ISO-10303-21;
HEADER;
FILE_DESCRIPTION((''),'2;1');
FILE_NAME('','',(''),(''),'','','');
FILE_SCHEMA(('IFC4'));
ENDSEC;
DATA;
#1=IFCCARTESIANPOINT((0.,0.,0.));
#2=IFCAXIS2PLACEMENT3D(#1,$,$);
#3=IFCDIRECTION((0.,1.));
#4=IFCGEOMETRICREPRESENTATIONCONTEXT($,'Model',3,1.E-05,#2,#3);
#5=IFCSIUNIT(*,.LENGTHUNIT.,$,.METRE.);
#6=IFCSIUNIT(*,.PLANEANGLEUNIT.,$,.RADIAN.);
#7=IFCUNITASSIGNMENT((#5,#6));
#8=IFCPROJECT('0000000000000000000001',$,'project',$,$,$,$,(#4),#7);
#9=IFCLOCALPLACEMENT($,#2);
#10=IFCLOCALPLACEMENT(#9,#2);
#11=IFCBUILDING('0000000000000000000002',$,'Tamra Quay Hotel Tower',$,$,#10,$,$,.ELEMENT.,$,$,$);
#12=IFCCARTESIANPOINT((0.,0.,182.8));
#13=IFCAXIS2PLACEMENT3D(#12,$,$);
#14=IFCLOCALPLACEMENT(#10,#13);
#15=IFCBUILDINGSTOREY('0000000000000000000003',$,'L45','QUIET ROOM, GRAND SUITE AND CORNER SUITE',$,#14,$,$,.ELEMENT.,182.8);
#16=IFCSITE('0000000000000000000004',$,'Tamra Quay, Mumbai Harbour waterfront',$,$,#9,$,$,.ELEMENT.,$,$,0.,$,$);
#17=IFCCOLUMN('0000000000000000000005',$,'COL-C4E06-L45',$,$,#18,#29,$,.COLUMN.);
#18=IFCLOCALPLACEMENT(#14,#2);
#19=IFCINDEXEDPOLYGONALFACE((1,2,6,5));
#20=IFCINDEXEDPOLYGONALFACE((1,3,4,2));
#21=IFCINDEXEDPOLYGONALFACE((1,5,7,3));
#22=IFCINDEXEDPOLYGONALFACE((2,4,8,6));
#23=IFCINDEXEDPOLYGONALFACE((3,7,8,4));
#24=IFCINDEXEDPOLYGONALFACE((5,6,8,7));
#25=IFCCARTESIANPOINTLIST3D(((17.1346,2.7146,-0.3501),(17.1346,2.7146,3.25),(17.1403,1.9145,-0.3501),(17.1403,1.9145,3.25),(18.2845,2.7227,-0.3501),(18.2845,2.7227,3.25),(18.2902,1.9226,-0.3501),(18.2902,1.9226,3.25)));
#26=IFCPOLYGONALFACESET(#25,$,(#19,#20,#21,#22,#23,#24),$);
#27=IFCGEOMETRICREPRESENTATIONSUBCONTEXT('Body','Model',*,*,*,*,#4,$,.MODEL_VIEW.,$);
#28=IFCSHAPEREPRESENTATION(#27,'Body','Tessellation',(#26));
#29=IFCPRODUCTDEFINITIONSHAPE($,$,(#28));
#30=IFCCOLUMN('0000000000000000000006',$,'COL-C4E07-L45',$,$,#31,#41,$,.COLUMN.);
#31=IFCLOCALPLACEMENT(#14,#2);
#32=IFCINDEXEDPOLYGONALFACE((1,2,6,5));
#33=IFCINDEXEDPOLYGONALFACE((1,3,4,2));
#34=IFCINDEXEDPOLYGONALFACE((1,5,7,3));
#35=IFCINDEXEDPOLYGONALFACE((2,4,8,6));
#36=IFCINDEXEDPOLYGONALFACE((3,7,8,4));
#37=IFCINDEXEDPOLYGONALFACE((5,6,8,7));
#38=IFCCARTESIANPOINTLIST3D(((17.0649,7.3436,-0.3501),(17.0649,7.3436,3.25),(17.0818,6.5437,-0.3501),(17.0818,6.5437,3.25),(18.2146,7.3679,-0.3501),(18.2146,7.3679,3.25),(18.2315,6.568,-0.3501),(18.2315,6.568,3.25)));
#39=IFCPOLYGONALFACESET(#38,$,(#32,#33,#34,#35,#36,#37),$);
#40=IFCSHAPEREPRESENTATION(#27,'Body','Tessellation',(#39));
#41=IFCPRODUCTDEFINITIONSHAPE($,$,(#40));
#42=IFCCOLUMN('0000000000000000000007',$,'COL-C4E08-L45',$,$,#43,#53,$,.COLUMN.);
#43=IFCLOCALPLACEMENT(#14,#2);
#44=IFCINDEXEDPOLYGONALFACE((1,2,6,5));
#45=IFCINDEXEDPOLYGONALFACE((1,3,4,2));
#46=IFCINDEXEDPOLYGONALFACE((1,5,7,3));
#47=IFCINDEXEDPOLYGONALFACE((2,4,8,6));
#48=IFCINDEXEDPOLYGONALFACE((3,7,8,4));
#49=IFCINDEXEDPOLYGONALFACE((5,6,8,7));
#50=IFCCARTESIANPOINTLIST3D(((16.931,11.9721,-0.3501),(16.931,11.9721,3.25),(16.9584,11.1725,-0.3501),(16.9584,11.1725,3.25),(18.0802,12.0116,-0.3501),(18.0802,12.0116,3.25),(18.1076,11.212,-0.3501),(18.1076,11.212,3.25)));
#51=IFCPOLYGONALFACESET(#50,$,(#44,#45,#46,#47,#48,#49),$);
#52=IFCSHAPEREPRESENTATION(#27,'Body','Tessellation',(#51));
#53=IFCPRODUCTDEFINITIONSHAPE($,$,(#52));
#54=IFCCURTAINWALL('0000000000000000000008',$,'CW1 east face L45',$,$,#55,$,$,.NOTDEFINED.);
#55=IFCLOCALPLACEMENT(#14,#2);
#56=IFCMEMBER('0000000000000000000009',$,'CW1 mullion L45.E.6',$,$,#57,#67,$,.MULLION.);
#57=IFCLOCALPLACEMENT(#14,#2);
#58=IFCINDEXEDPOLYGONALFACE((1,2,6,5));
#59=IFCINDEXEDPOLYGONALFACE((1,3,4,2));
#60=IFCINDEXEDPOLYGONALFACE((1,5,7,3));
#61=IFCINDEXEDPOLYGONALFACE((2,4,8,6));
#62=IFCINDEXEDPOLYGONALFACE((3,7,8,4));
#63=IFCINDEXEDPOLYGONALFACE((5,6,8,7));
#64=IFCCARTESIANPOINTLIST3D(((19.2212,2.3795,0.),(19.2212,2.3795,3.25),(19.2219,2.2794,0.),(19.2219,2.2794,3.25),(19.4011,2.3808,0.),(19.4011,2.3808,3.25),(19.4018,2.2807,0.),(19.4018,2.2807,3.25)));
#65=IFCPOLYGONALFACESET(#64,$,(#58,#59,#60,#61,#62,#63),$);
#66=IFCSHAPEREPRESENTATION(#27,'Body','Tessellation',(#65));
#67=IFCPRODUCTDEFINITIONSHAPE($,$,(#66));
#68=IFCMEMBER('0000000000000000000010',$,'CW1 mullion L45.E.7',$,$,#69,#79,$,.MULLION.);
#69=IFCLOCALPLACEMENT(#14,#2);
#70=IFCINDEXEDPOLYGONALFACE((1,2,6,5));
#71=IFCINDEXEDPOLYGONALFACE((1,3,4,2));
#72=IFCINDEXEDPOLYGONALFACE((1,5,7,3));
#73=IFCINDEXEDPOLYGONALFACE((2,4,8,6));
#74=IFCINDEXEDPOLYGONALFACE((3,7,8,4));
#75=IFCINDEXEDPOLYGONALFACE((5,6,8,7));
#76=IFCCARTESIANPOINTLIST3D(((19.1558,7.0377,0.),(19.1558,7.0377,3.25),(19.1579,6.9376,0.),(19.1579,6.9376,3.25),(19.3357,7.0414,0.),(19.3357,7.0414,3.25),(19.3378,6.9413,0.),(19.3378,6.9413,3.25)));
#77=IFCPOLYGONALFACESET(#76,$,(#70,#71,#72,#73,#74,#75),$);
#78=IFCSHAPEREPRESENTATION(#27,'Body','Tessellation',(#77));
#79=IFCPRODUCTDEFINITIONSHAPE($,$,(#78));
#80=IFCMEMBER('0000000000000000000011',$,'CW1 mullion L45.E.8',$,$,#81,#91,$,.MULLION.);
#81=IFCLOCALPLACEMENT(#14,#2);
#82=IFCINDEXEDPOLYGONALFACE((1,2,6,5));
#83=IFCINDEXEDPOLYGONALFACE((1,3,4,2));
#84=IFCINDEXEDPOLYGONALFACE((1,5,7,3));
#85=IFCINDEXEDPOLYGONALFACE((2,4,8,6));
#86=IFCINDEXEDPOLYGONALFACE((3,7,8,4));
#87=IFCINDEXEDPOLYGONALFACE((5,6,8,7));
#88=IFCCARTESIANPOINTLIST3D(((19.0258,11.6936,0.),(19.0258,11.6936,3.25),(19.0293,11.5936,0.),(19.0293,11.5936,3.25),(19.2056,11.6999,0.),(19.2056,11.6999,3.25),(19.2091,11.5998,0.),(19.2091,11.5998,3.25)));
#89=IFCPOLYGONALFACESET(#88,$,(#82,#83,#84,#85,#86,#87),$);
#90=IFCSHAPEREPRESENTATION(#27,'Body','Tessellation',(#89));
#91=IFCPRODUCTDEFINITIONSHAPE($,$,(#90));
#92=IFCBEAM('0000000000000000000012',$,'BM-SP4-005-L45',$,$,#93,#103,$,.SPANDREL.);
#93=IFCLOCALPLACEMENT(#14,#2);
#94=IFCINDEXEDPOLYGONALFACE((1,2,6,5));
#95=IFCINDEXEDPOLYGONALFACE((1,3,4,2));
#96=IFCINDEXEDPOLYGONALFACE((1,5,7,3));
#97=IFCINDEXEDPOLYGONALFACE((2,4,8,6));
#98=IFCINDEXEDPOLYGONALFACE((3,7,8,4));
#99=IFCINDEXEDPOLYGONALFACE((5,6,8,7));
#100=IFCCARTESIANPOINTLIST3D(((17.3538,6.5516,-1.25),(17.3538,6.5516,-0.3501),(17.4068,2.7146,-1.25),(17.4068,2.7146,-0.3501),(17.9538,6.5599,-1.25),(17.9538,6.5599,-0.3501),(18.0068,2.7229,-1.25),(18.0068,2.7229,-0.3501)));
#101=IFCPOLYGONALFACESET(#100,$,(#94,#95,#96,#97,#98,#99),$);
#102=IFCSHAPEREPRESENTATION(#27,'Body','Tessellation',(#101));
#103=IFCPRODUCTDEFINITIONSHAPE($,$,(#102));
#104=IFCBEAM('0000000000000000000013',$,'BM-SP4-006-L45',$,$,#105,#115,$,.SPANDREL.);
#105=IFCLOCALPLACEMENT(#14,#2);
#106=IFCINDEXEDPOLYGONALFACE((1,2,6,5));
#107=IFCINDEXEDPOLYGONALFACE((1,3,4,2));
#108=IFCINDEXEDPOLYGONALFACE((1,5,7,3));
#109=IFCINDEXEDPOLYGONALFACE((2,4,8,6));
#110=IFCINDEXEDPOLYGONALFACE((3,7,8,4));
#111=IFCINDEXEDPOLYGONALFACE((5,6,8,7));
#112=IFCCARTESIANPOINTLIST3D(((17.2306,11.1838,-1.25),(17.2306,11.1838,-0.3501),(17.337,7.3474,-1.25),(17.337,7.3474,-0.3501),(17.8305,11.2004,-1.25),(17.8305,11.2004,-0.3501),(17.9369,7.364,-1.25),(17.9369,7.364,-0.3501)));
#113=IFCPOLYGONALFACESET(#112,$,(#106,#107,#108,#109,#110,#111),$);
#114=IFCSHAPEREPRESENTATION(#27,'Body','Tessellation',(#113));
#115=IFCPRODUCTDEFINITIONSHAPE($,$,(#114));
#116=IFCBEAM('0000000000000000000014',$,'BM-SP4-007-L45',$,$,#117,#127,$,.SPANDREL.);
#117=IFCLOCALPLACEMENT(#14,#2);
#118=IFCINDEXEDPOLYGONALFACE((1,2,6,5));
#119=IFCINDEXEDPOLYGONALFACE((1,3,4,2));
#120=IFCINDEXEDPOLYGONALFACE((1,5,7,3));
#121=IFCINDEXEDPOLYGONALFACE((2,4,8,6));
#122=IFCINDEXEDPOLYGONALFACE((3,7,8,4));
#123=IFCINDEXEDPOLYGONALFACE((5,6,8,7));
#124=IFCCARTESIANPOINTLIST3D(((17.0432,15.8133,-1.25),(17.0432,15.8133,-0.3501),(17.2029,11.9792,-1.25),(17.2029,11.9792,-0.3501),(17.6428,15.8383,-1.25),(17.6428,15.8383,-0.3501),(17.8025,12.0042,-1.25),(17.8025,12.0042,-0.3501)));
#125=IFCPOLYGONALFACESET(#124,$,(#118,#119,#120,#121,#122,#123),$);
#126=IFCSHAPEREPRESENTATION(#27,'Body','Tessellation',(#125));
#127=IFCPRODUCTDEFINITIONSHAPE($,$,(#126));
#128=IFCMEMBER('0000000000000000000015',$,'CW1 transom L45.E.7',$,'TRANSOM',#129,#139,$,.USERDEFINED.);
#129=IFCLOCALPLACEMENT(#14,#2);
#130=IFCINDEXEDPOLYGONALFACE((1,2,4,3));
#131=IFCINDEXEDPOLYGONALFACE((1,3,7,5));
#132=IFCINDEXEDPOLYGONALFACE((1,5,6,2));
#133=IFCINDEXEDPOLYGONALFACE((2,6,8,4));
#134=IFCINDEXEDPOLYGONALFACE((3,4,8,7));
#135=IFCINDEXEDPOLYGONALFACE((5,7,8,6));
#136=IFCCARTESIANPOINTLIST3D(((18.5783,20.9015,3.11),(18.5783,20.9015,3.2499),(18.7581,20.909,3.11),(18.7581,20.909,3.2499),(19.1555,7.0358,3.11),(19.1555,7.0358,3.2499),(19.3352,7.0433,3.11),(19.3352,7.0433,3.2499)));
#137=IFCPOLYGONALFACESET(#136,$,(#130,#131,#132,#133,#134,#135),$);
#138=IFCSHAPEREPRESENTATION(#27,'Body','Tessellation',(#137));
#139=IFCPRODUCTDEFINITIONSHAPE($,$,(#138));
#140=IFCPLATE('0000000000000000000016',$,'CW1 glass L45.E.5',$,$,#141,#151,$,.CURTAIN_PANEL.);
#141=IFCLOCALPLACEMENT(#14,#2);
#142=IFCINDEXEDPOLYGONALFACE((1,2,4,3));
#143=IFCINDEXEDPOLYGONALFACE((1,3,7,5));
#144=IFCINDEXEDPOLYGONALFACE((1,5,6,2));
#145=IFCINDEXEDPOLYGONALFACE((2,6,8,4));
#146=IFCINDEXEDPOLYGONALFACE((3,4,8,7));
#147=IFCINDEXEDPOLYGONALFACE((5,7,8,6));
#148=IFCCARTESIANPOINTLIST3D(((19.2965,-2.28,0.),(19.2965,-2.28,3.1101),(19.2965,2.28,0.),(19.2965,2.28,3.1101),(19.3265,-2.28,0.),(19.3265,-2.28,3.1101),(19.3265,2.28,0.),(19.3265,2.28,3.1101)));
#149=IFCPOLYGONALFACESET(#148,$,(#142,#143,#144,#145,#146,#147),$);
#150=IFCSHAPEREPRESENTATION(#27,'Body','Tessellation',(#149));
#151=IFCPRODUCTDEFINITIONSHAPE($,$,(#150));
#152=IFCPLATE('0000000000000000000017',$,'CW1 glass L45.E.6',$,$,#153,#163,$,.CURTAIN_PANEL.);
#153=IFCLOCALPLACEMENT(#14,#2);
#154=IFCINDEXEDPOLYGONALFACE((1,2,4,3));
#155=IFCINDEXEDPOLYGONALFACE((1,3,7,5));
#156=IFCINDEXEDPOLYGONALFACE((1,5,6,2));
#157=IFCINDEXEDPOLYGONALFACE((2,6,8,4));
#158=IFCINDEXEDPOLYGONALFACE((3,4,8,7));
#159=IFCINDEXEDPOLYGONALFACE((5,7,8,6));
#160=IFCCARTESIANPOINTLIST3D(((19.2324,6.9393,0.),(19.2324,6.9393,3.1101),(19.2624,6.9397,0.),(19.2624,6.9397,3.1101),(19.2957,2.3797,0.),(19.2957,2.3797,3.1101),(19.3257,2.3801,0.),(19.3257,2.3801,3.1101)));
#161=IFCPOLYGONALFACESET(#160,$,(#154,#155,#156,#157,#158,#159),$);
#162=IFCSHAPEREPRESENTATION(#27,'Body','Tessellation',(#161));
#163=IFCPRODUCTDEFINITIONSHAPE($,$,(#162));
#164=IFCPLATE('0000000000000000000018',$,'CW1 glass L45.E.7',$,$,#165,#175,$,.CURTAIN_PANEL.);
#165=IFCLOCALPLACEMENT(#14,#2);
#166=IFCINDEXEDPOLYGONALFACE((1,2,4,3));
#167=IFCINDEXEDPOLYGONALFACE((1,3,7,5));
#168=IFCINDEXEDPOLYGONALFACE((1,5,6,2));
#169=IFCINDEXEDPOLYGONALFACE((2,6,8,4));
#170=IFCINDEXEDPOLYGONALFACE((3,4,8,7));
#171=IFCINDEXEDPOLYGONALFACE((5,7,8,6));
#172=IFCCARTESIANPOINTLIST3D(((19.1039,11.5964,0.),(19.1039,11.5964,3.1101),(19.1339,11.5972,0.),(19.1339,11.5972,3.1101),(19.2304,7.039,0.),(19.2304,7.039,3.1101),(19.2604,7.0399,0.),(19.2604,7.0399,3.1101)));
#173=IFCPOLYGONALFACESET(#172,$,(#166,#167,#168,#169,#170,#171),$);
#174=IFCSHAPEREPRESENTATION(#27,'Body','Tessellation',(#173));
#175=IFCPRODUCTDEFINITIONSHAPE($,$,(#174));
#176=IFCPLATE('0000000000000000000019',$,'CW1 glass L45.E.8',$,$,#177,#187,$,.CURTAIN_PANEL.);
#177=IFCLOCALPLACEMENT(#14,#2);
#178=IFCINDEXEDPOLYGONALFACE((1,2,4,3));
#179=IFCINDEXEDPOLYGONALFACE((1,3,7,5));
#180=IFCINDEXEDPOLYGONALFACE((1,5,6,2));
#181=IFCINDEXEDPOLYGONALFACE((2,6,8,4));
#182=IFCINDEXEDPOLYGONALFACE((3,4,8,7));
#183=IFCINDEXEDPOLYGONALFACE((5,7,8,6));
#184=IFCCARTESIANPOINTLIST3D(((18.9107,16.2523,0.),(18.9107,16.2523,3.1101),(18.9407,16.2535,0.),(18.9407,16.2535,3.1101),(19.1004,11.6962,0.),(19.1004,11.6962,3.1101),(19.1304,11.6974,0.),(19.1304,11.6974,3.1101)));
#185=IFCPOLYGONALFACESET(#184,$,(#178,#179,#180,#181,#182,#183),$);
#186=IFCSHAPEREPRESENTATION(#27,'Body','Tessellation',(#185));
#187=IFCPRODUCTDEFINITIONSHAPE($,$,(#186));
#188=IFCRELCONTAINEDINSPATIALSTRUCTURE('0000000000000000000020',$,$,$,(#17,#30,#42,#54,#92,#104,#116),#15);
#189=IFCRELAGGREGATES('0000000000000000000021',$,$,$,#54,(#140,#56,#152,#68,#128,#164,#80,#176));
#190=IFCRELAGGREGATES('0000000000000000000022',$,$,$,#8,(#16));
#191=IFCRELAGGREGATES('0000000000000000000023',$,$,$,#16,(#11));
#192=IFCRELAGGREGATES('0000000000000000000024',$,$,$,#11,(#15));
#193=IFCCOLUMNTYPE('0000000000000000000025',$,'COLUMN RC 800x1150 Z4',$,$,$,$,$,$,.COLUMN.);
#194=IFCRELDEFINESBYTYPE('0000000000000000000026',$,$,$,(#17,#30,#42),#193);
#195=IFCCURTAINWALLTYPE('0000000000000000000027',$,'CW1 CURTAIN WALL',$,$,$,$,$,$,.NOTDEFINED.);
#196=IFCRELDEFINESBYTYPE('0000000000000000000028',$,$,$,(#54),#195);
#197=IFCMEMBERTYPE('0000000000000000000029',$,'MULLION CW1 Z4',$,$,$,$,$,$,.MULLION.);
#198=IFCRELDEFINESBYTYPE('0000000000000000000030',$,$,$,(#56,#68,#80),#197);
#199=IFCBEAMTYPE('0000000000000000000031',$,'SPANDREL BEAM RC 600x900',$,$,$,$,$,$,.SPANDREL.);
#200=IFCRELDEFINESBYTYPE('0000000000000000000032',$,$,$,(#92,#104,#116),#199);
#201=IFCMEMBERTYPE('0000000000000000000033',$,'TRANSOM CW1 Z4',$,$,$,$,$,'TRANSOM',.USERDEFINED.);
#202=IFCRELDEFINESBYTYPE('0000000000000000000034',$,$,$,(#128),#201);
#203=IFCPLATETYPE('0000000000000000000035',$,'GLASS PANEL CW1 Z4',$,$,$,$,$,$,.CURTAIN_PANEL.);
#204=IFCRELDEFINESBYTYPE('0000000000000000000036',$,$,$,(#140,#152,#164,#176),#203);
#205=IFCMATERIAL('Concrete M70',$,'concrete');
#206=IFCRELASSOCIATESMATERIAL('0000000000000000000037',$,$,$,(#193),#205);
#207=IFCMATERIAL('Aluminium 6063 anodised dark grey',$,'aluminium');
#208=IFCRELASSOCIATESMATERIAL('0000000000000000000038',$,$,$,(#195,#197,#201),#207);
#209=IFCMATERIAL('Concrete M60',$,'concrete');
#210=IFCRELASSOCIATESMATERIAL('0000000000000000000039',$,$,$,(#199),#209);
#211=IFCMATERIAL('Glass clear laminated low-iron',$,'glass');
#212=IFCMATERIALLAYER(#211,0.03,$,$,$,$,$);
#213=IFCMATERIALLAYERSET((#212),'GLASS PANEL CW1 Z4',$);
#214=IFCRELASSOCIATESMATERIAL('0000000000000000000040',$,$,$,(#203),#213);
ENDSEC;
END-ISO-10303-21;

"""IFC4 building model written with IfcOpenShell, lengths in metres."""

from ifc_helpers import new_model, si_unit, direction, frame, origin, origin_2d, place, context, subcontext, project, spatial, rectangle, extrude, material, layer, layer_set, material_profile, profile_set, type_object, element, aggregate, save


model = new_model("IFC4")

# Units and contexts
model_context = context("Model", 3, precision=1e-05, world=origin(), true_north=direction((0.0, 1.0)))
body_context = subcontext(model_context, "Body", "Model", "MODEL_VIEW")
ifc_project = project(units=[si_unit("LENGTHUNIT", "METRE"), si_unit("PLANEANGLEUNIT", "RADIAN")], contexts=[model_context])

# Site, building, storey
site_placement = place(None, origin())
site = spatial("IfcSite", under=ifc_project, at=site_placement, Name="Tamra Quay, Mumbai Harbour waterfront", CompositionType="ELEMENT", RefElevation=0.0)
building_placement = place(site_placement, origin())
building = spatial("IfcBuilding", under=site, at=building_placement, Name="Tamra Quay Hotel Tower", CompositionType="ELEMENT")
storey_placement = place(building_placement, frame((0.0, 0.0, 182.8)))
storey = spatial("IfcBuildingStorey", under=building, at=storey_placement, Name="L45", Description="QUIET ROOM, GRAND SUITE AND CORNER SUITE", CompositionType="ELEMENT", Elevation=182.8)

# Columns
ifc_material_1 = material(Name="Concrete M70", Category="concrete")
ifc_material_profile_1 = material_profile(ifc_material_1, rectangle(XDim=1.1499, YDim=0.8, at=origin_2d()), Name="COLUMN RC 800x1150 Z4")
ifc_profile_set_1 = profile_set([ifc_material_profile_1], Name="Concrete M70")
column_type = type_object("IfcColumnType", Name="COLUMN RC 800x1150 Z4", PredefinedType="COLUMN", material=ifc_profile_set_1)
for number, where, z_axis, x_axis, name in (
    (1, (17.7124, 2.3186, -0.3501), (0.0, 0.0, 1.0), (0.999975, 0.007041, 0.0), "COL-C4E06-L45"),
    (2, (17.6482, 6.9558, -0.3501), (0.0, 0.0, 1.0), (0.999777, 0.021115, 0.0), "COL-C4E07-L45"),
    (3, (17.5193, 11.592, -0.3501), (0.0, 0.0, 1.0), (0.999412, 0.034299, 0.0), "COL-C4E08-L45"),
):
    element("IfcColumn", number, at=place(storey_placement, frame(where, z_axis=z_axis, x_axis=x_axis)), inside=storey, type_object=column_type, Name=name, PredefinedType="COLUMN", context=body_context, shape_type="SweptSolid", body=[
        extrude(rectangle(XDim=1.1499, YDim=0.8, at=origin_2d()), origin(), (0.0, 0.0, 1.0), 3.6001),
    ])

# Curtain wall, members
ifc_material_2 = material(Name="Aluminium 6063 anodised dark grey", Category="aluminium")
curtain_wall_type = type_object("IfcCurtainWallType", Name="CW1 CURTAIN WALL", PredefinedType="NOTDEFINED", material=ifc_material_2)
curtain_wall_placement = place(storey_placement, origin())
curtain_wall = element("IfcCurtainWall", 4, at=curtain_wall_placement, inside=storey, type_object=curtain_wall_type, Name="CW1 east face L45", PredefinedType="NOTDEFINED")
ifc_material_profile_2 = material_profile(ifc_material_2, rectangle(XDim=0.1799, YDim=0.1001, at=origin_2d()), Name="MULLION 100X180")
ifc_profile_set_2 = profile_set([ifc_material_profile_2], Name="Aluminium 6063 anodised dark grey")
member_type_1 = type_object("IfcMemberType", Name="MULLION CW1 Z4", PredefinedType="MULLION", material=ifc_profile_set_2)
member_1_placement = place(storey_placement, frame((19.3115, 2.3301, 0.0), z_axis=(0.0, 0.0, 1.0), x_axis=(0.999976, 0.006943, 0.0)))
member_1 = element("IfcMember", 5, at=member_1_placement, type_object=member_type_1, Name="CW1 mullion L45.E.6", PredefinedType="MULLION", context=body_context, shape_type="SweptSolid", body=[
    extrude(rectangle(XDim=0.1799, YDim=0.1001, at=origin_2d()), origin(), (0.0, 0.0, 1.0), 3.25),
])
member_2_placement = place(storey_placement, frame((19.2468, 6.9895, 0.0), z_axis=(0.0, 0.0, 1.0), x_axis=(0.999783, 0.02082, 0.0)))
member_2 = element("IfcMember", 6, at=member_2_placement, type_object=member_type_1, Name="CW1 mullion L45.E.7", PredefinedType="MULLION", context=body_context, shape_type="SweptSolid", body=[
    extrude(rectangle(XDim=0.1799, YDim=0.1001, at=origin_2d()), origin(), (0.0, 0.0, 1.0), 3.25),
])
member_3_placement = place(storey_placement, frame((19.1174, 11.6467, 0.0), z_axis=(0.0, 0.0, 1.0), x_axis=(0.999399, 0.034678, 0.0)))
member_3 = element("IfcMember", 7, at=member_3_placement, type_object=member_type_1, Name="CW1 mullion L45.E.8", PredefinedType="MULLION", context=body_context, shape_type="SweptSolid", body=[
    extrude(rectangle(XDim=0.1799, YDim=0.1001, at=origin_2d()), origin(), (0.0, 0.0, 1.0), 3.25),
])

# Beams
ifc_material_3 = material(Name="Concrete M60", Category="concrete")
ifc_material_profile_3 = material_profile(ifc_material_3, rectangle(XDim=0.6001, YDim=0.8999, at=origin_2d()), Name="SPANDREL BEAM RC 600x900")
ifc_profile_set_3 = profile_set([ifc_material_profile_3], Name="Concrete M60")
beam_type = type_object("IfcBeamType", Name="SPANDREL BEAM RC 600x900", PredefinedType="SPANDREL", material=ifc_profile_set_3)
beam_1_placement = place(storey_placement, frame((17.7068, 2.7188, -0.8), z_axis=(-0.013805, 0.999905, 0.0), x_axis=(-0.999905, -0.013805, 0.0)))
element("IfcBeam", 8, at=beam_1_placement, inside=storey, type_object=beam_type, Name="BM-SP4-005-L45", PredefinedType="SPANDREL", context=body_context, shape_type="SweptSolid", body=[
    extrude(rectangle(XDim=0.6001, YDim=0.8999, at=origin_2d()), origin(), (0.0, 0.0, 1.0), 3.8374),
])
beam_2_placement = place(storey_placement, frame((17.637, 7.3557, -0.8), z_axis=(-0.027735, 0.999615, 0.0), x_axis=(-0.999615, -0.027735, 0.0)))
element("IfcBeam", 9, at=beam_2_placement, inside=storey, type_object=beam_type, Name="BM-SP4-006-L45", PredefinedType="SPANDREL", context=body_context, shape_type="SweptSolid", body=[
    extrude(rectangle(XDim=0.6001, YDim=0.8999, at=origin_2d()), origin(), (0.0, 0.0, 1.0), 3.8379),
])
beam_3_placement = place(storey_placement, frame((17.5027, 11.9917, -0.8), z_axis=(-0.041609, 0.999134, 0.0), x_axis=(-0.999134, -0.041609, 0.0)))
element("IfcBeam", 10, at=beam_3_placement, inside=storey, type_object=beam_type, Name="BM-SP4-007-L45", PredefinedType="SPANDREL", context=body_context, shape_type="SweptSolid", body=[
    extrude(rectangle(XDim=0.6001, YDim=0.8999, at=origin_2d()), origin(), (0.0, 0.0, 1.0), 3.8374),
])

# Member
ifc_material_profile_4 = material_profile(ifc_material_2, rectangle(XDim=0.1799, YDim=0.1399, at=origin_2d()), Name="TRANSOM 180X140")
ifc_profile_set_4 = profile_set([ifc_material_profile_4], Name="Aluminium 6063 anodised dark grey")
member_type_2 = type_object("IfcMemberType", Name="TRANSOM CW1 Z4", ElementType="TRANSOM", PredefinedType="USERDEFINED", material=ifc_profile_set_4)
member_4_placement = place(storey_placement, frame((19.2454, 7.0396, 3.1799), z_axis=(-0.041588, 0.999135, 0.0), x_axis=(-0.999135, -0.041588, 0.0)))
member_4 = element("IfcMember", 11, at=member_4_placement, type_object=member_type_2, Name="CW1 transom L45.E.7", ObjectType="TRANSOM", PredefinedType="USERDEFINED", context=body_context, shape_type="SweptSolid", body=[
    extrude(rectangle(XDim=0.1799, YDim=0.1399, at=origin_2d()), origin(), (0.0, 0.0, 1.0), 13.8777),
])

# Plates
ifc_material_4 = material(Name="Glass clear laminated low-iron", Category="glass")
ifc_layer_1 = layer(ifc_material_4, 0.03)
ifc_layer_set_1 = layer_set([ifc_layer_1], Name="GLASS PANEL CW1 Z4")
plate_type = type_object("IfcPlateType", Name="GLASS PANEL CW1 Z4", PredefinedType="CURTAIN_PANEL", material=ifc_layer_set_1)
plate_1_placement = place(storey_placement, frame((19.3115, 0.0, 0.0), z_axis=(0.0, 0.0, 1.0), x_axis=(0.0, 1.0, 0.0)))
plate_1 = element("IfcPlate", 12, at=plate_1_placement, type_object=plate_type, Name="CW1 glass L45.E.5", PredefinedType="CURTAIN_PANEL", context=body_context, shape_type="SweptSolid", body=[
    extrude(rectangle(XDim=4.5601, YDim=0.03, at=origin_2d()), origin(), (0.0, 0.0, 1.0), 3.1101),
])
plate_2_placement = place(storey_placement, frame((19.2791, 4.6597, 0.0), z_axis=(0.0, 0.0, 1.0), x_axis=(-0.013886, 0.999904, 0.0)))
plate_2 = element("IfcPlate", 13, at=plate_2_placement, type_object=plate_type, Name="CW1 glass L45.E.6", PredefinedType="CURTAIN_PANEL", context=body_context, shape_type="SweptSolid", body=[
    extrude(rectangle(XDim=4.5601, YDim=0.03, at=origin_2d()), origin(), (0.0, 0.0, 1.0), 3.1101),
])
plate_3_placement = place(storey_placement, frame((19.1821, 9.3181, 0.0), z_axis=(0.0, 0.0, 1.0), x_axis=(-0.027754, 0.999615, 0.0)))
plate_3 = element("IfcPlate", 14, at=plate_3_placement, type_object=plate_type, Name="CW1 glass L45.E.7", PredefinedType="CURTAIN_PANEL", context=body_context, shape_type="SweptSolid", body=[
    extrude(rectangle(XDim=4.5591, YDim=0.03, at=origin_2d()), origin(), (0.0, 0.0, 1.0), 3.1101),
])
plate_4_placement = place(storey_placement, frame((19.0205, 13.9749, 0.0), z_axis=(0.0, 0.0, 1.0), x_axis=(-0.0416, 0.999134, 0.0)))
plate_4 = element("IfcPlate", 15, at=plate_4_placement, type_object=plate_type, Name="CW1 glass L45.E.8", PredefinedType="CURTAIN_PANEL", context=body_context, shape_type="SweptSolid", body=[
    extrude(rectangle(XDim=4.5601, YDim=0.03, at=origin_2d()), origin(), (0.0, 0.0, 1.0), 3.1101),
])
aggregate(curtain_wall, [plate_1, member_1, plate_2, member_2, member_4, plate_3, member_3, plate_4])

save(model, "model.ifc")
